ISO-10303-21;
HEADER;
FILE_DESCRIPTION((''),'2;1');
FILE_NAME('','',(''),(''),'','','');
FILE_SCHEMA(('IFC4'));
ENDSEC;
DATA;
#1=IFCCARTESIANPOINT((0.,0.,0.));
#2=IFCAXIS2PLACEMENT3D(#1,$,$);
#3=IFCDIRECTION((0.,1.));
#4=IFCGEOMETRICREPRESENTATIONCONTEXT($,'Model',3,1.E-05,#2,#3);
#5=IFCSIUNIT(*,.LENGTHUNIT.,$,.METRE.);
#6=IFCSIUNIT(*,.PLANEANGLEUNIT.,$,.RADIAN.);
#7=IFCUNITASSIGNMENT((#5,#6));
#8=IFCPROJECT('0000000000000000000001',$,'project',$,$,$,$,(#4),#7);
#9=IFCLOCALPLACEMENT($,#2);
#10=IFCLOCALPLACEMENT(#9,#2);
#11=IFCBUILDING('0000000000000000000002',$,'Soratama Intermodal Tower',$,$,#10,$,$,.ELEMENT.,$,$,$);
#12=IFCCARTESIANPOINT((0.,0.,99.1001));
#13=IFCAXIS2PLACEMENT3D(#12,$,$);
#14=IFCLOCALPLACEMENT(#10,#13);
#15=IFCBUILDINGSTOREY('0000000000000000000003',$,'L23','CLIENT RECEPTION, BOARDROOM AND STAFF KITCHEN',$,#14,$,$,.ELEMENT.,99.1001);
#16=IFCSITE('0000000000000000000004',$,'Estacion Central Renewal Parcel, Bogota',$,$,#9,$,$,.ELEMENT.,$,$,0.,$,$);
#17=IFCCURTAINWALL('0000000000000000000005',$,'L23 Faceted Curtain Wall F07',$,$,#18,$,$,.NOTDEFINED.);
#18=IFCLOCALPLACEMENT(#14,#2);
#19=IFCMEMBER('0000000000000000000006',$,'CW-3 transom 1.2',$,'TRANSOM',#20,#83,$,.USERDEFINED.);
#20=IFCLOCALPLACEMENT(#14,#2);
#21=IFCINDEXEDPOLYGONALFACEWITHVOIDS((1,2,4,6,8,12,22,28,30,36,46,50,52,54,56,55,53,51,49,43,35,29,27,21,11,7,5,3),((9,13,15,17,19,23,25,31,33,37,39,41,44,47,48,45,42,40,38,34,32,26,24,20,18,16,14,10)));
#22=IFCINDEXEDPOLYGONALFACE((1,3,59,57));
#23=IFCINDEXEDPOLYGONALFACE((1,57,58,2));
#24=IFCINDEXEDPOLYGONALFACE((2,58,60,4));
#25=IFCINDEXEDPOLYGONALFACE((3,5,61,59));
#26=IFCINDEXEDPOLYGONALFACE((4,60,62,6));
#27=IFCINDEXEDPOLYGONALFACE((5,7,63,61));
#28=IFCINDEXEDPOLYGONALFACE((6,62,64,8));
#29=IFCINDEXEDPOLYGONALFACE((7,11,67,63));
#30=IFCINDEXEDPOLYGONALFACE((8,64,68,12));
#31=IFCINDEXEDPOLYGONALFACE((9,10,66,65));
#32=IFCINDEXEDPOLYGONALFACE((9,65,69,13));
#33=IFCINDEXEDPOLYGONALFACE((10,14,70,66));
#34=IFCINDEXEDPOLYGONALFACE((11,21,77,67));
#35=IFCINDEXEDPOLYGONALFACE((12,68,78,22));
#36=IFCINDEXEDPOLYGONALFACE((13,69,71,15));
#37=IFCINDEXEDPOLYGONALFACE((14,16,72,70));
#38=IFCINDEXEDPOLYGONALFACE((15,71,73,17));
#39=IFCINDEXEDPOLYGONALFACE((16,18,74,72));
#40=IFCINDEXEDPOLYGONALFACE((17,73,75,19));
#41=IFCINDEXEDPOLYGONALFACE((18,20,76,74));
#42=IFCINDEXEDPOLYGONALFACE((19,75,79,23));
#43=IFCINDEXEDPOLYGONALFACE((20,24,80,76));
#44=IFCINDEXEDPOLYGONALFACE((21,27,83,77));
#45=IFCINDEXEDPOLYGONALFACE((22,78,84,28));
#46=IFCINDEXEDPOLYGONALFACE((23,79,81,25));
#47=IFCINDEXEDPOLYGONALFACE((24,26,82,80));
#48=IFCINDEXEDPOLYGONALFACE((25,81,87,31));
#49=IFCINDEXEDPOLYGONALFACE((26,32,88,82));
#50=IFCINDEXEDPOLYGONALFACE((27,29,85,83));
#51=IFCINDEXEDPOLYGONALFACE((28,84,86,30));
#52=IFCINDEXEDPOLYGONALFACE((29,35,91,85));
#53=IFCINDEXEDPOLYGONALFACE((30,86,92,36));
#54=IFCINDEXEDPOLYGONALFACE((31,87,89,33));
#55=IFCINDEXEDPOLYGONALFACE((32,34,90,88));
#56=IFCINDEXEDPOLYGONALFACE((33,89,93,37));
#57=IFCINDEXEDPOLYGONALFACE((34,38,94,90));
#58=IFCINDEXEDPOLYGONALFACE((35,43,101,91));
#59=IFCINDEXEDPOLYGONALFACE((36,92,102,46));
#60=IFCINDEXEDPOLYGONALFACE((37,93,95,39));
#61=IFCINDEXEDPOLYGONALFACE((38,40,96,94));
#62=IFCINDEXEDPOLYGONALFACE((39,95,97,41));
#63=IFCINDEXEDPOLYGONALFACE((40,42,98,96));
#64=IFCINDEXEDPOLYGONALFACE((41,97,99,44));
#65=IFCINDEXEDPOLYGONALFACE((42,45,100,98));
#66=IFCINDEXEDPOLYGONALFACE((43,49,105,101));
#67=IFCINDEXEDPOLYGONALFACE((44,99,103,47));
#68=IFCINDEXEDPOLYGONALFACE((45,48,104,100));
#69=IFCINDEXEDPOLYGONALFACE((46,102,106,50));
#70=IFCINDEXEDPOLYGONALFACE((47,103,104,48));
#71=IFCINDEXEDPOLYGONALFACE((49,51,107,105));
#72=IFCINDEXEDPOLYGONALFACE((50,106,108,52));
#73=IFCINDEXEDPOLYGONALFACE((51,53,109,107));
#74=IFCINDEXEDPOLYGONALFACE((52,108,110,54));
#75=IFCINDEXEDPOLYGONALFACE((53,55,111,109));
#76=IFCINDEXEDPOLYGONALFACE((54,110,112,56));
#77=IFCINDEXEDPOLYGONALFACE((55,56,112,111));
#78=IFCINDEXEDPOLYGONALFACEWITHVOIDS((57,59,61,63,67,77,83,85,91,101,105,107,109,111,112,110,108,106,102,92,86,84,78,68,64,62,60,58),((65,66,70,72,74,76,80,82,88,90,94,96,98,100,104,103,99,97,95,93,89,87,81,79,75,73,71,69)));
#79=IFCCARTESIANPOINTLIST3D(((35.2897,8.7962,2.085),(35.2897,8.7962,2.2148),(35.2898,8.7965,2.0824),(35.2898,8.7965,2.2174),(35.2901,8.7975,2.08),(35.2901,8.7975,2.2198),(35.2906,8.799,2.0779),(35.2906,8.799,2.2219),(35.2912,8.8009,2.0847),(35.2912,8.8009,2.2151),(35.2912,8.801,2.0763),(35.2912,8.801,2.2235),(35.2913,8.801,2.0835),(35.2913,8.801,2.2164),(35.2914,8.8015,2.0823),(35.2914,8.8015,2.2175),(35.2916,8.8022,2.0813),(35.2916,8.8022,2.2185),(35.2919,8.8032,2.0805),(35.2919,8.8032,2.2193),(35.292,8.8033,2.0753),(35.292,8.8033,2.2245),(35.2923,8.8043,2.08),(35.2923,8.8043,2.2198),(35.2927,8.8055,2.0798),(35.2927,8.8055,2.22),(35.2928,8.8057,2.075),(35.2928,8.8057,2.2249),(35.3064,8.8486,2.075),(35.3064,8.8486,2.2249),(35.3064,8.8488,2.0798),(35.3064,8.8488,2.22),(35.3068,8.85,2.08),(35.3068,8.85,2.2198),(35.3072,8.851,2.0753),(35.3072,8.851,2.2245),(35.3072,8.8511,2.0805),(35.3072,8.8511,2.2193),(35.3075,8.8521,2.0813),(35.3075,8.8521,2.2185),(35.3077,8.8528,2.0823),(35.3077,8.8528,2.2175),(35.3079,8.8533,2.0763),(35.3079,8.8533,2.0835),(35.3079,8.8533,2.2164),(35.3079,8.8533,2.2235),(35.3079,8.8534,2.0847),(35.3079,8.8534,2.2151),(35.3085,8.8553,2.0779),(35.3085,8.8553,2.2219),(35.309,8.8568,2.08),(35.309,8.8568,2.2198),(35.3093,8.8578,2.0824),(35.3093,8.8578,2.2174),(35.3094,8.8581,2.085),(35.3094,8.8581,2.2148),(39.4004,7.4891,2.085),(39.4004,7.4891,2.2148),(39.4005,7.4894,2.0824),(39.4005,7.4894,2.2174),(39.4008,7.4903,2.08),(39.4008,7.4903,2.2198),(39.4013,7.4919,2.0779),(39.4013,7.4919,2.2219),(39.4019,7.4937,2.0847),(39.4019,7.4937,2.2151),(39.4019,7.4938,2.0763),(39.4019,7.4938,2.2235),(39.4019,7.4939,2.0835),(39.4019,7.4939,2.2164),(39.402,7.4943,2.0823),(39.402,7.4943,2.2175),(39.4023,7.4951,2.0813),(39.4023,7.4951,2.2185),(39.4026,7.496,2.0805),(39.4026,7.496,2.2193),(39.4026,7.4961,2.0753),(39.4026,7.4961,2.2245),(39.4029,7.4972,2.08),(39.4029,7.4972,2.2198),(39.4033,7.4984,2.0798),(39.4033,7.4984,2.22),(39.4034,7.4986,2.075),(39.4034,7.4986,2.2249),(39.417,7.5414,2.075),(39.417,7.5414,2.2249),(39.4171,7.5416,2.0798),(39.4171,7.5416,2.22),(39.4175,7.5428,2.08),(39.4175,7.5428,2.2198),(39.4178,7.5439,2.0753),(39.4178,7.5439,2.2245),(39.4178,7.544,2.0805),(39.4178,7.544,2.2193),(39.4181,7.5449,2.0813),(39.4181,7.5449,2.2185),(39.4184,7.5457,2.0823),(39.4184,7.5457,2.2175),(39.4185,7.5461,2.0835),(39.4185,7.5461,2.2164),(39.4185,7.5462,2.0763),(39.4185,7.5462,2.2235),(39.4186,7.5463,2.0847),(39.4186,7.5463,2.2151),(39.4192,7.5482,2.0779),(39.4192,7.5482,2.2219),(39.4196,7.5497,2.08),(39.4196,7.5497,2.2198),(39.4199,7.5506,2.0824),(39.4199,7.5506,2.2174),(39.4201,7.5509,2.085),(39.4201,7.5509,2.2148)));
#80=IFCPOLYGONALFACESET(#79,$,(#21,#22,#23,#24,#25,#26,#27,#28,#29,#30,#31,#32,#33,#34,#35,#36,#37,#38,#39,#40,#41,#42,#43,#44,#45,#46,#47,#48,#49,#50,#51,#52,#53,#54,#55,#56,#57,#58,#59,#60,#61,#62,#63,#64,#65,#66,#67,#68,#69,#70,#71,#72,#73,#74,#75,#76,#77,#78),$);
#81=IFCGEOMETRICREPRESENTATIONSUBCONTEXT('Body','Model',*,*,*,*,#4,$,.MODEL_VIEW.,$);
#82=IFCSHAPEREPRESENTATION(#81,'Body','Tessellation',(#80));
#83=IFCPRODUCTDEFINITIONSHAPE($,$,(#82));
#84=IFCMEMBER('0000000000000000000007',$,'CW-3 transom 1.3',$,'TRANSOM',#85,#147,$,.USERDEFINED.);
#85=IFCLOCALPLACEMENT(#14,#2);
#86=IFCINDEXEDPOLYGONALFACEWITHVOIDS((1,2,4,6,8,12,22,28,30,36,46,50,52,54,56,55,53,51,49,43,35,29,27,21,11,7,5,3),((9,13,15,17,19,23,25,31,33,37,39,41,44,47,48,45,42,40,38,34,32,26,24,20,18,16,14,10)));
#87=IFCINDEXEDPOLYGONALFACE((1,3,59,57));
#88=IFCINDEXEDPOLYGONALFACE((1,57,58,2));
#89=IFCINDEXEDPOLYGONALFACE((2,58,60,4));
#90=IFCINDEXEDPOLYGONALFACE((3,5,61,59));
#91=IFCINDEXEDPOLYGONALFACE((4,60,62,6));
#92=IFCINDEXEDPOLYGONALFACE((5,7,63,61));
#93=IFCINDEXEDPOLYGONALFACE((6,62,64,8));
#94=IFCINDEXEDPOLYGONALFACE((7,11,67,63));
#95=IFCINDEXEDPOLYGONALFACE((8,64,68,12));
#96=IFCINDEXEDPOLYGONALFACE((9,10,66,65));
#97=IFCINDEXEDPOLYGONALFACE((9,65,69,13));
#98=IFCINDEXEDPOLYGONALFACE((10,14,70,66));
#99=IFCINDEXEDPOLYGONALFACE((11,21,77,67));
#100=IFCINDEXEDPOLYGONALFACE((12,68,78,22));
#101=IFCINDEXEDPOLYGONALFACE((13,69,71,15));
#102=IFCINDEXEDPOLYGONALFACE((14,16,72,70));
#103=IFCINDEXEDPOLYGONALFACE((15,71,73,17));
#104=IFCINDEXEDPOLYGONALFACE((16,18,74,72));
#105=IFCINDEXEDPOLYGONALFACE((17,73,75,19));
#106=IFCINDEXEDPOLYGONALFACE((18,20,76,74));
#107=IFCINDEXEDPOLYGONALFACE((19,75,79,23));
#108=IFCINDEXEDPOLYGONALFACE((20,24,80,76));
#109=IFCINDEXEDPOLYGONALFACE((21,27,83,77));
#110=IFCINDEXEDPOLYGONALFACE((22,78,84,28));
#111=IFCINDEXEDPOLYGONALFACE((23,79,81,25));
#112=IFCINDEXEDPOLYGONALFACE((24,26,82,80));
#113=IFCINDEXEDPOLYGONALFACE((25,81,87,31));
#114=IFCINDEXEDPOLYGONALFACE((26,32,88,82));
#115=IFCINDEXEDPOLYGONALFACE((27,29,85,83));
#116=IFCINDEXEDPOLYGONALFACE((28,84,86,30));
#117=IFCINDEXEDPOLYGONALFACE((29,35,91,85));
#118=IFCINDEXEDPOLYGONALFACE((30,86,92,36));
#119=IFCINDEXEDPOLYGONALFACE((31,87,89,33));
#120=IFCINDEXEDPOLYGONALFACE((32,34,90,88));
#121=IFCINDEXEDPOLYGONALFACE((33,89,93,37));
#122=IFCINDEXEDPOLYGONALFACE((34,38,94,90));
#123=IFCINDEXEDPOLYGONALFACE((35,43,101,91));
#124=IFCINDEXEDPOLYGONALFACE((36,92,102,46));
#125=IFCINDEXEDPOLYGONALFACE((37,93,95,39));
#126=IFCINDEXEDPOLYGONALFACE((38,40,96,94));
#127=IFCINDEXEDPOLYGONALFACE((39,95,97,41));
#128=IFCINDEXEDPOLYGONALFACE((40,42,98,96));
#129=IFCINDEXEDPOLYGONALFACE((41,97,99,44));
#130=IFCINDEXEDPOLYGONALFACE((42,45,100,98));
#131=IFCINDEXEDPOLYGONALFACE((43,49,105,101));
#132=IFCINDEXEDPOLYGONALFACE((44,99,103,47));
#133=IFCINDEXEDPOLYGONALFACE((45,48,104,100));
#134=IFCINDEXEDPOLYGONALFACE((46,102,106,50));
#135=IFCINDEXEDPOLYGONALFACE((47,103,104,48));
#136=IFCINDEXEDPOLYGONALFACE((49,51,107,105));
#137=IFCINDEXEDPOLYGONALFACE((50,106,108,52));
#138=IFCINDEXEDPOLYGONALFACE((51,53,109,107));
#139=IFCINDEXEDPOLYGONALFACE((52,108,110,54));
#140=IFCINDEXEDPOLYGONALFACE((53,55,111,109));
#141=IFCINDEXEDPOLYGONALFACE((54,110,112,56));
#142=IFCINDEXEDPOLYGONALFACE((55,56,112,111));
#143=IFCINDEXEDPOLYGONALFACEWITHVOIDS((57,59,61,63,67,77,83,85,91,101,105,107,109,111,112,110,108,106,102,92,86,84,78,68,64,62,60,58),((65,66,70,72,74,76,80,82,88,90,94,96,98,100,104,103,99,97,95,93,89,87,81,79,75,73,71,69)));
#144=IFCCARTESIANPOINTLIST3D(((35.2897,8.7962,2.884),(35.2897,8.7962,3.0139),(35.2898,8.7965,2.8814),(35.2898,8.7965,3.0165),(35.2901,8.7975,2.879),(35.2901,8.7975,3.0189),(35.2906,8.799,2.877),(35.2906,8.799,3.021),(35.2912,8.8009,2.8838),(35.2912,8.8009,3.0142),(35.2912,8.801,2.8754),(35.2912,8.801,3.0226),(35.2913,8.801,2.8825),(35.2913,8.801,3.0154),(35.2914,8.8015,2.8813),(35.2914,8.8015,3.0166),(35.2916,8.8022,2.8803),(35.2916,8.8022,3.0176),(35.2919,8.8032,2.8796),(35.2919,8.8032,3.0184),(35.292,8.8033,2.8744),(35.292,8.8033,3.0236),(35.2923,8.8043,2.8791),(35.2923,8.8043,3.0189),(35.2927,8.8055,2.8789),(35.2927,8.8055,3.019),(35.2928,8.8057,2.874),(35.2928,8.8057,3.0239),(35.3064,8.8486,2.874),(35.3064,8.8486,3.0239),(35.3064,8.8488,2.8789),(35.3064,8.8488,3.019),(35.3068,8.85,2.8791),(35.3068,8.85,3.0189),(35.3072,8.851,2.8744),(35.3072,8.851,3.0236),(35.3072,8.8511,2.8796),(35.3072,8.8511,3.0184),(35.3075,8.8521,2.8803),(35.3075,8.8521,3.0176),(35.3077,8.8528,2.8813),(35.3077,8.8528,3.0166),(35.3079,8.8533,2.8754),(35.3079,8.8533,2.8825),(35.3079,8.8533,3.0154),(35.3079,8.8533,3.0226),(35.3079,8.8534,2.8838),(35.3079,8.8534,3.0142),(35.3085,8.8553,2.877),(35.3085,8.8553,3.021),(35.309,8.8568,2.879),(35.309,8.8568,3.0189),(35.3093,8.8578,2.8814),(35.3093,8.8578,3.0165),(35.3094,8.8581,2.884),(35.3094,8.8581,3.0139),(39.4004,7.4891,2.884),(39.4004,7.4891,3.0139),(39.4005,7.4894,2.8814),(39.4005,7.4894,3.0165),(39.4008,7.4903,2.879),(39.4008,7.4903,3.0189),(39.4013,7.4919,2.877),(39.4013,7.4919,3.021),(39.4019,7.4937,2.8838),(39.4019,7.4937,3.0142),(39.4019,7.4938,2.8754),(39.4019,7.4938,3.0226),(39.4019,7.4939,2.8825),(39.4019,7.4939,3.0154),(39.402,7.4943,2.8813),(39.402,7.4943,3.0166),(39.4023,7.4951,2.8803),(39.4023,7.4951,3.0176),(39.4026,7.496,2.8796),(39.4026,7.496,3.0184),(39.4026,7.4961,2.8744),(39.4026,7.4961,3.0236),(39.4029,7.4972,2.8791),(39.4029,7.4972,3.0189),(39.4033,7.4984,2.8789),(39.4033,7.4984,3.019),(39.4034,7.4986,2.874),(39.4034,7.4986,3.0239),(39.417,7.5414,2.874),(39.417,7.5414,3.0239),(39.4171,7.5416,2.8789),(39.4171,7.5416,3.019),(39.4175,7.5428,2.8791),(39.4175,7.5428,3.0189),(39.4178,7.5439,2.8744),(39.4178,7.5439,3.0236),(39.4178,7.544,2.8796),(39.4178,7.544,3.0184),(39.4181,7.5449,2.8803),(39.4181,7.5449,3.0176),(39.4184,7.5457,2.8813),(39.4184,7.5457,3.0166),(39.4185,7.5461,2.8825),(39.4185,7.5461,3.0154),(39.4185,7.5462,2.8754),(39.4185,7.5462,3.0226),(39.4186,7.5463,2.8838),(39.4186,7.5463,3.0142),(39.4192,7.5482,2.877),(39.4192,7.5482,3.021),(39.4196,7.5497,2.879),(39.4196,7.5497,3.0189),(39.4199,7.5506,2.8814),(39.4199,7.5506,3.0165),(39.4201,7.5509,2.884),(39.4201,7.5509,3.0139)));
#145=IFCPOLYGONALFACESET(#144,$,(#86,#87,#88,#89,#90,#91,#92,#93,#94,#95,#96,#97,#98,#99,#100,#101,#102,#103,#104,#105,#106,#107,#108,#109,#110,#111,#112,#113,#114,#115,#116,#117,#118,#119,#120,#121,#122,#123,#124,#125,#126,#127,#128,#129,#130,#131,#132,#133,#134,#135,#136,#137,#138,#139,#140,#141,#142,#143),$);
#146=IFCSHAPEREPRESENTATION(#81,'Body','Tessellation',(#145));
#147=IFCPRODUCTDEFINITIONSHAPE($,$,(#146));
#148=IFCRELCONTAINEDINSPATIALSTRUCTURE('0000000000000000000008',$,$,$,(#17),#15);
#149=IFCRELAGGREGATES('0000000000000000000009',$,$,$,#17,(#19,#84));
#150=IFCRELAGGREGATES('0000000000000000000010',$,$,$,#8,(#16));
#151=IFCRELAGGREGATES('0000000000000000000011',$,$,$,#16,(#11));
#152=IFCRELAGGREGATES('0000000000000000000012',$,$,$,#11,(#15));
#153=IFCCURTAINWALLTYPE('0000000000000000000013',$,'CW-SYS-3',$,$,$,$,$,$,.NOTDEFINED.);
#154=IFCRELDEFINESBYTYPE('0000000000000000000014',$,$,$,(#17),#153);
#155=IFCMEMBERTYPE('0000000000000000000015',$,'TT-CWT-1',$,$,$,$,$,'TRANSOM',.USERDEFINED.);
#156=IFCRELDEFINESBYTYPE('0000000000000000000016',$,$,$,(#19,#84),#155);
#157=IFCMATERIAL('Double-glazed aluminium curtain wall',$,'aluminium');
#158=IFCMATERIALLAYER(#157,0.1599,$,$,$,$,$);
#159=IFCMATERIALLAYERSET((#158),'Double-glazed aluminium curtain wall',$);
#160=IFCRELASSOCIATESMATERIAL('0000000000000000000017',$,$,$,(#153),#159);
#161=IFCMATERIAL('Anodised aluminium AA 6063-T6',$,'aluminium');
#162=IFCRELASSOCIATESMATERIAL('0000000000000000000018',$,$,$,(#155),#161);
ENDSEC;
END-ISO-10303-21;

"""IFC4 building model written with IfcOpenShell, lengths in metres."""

from ifc_helpers import new_model, si_unit, direction, frame, origin, origin_2d, place, context, subcontext, project, spatial, hollow_rectangle, extrude, material, layer, layer_set, material_profile, profile_set, type_object, element, aggregate, save


model = new_model("IFC4")

# Units and contexts
model_context = context("Model", 3, precision=1e-05, world=origin(), true_north=direction((0.0, 1.0)))
body_context = subcontext(model_context, "Body", "Model", "MODEL_VIEW")
ifc_project = project(units=[si_unit("LENGTHUNIT", "METRE"), si_unit("PLANEANGLEUNIT", "RADIAN")], contexts=[model_context])

# Site, building, storey
site_placement = place(None, origin())
site = spatial("IfcSite", under=ifc_project, at=site_placement, Name="Estacion Central Renewal Parcel, Bogota", CompositionType="ELEMENT", RefElevation=0.0)
building_placement = place(site_placement, origin())
building = spatial("IfcBuilding", under=site, at=building_placement, Name="Soratama Intermodal Tower", CompositionType="ELEMENT")
storey_placement = place(building_placement, frame((0.0, 0.0, 99.1001)))
storey = spatial("IfcBuildingStorey", under=building, at=storey_placement, Name="L23", Description="CLIENT RECEPTION, BOARDROOM AND STAFF KITCHEN", CompositionType="ELEMENT", Elevation=99.1001)

# Curtain wall, members
ifc_material_1 = material(Name="Double-glazed aluminium curtain wall", Category="aluminium")
ifc_layer_1 = layer(ifc_material_1, 0.1599)
ifc_layer_set_1 = layer_set([ifc_layer_1], Name="Double-glazed aluminium curtain wall")
curtain_wall_type = type_object("IfcCurtainWallType", Name="CW-SYS-3", PredefinedType="NOTDEFINED", material=ifc_layer_set_1)
curtain_wall_placement = place(storey_placement, origin())
curtain_wall = element("IfcCurtainWall", 1, at=curtain_wall_placement, inside=storey, type_object=curtain_wall_type, Name="L23 Faceted Curtain Wall F07", PredefinedType="NOTDEFINED")
ifc_material_2 = material(Name="Anodised aluminium AA 6063-T6", Category="aluminium")
ifc_material_profile_1 = material_profile(ifc_material_2, hollow_rectangle(XDim=0.0649, YDim=0.1499, WallThickness=0.0049, InnerFilletRadius=0.0049, OuterFilletRadius=0.01, at=origin_2d()), Name="CWT150X65X5")
ifc_profile_set_1 = profile_set([ifc_material_profile_1], Name="Anodised aluminium AA 6063-T6")
member_type_1 = type_object("IfcMemberType", Name="TT-CWT-1", ElementType="TRANSOM", PredefinedType="USERDEFINED", material=ifc_profile_set_1)
member_1_placement = place(storey_placement, frame((35.2996, 8.8271, 2.1499), z_axis=(0.952979, -0.303038, 0.0), x_axis=(0.303038, 0.952979, 0.0)))
member_1 = element("IfcMember", 2, at=member_1_placement, type_object=member_type_1, Name="CW-3 transom 1.2", ObjectType="TRANSOM", PredefinedType="USERDEFINED", context=body_context, shape_type="SweptSolid", body=[
    extrude(hollow_rectangle(XDim=0.0649, YDim=0.1499, WallThickness=0.0049, InnerFilletRadius=0.0049, OuterFilletRadius=0.01, at=origin_2d()), origin(), (0.0, 0.0, 1.0), 4.3135),
])
member_2_placement = place(storey_placement, frame((35.2996, 8.8271, 2.949), z_axis=(0.952979, -0.303038, 0.0), x_axis=(0.303038, 0.952979, 0.0)))
member_2 = element("IfcMember", 3, at=member_2_placement, type_object=member_type_1, Name="CW-3 transom 1.3", ObjectType="TRANSOM", PredefinedType="USERDEFINED", context=body_context, shape_type="SweptSolid", body=[
    extrude(hollow_rectangle(XDim=0.0649, YDim=0.1499, WallThickness=0.0049, InnerFilletRadius=0.0049, OuterFilletRadius=0.01, at=origin_2d()), origin(), (0.0, 0.0, 1.0), 4.3135),
])
aggregate(curtain_wall, [member_1, member_2])

save(model, "model.ifc")
